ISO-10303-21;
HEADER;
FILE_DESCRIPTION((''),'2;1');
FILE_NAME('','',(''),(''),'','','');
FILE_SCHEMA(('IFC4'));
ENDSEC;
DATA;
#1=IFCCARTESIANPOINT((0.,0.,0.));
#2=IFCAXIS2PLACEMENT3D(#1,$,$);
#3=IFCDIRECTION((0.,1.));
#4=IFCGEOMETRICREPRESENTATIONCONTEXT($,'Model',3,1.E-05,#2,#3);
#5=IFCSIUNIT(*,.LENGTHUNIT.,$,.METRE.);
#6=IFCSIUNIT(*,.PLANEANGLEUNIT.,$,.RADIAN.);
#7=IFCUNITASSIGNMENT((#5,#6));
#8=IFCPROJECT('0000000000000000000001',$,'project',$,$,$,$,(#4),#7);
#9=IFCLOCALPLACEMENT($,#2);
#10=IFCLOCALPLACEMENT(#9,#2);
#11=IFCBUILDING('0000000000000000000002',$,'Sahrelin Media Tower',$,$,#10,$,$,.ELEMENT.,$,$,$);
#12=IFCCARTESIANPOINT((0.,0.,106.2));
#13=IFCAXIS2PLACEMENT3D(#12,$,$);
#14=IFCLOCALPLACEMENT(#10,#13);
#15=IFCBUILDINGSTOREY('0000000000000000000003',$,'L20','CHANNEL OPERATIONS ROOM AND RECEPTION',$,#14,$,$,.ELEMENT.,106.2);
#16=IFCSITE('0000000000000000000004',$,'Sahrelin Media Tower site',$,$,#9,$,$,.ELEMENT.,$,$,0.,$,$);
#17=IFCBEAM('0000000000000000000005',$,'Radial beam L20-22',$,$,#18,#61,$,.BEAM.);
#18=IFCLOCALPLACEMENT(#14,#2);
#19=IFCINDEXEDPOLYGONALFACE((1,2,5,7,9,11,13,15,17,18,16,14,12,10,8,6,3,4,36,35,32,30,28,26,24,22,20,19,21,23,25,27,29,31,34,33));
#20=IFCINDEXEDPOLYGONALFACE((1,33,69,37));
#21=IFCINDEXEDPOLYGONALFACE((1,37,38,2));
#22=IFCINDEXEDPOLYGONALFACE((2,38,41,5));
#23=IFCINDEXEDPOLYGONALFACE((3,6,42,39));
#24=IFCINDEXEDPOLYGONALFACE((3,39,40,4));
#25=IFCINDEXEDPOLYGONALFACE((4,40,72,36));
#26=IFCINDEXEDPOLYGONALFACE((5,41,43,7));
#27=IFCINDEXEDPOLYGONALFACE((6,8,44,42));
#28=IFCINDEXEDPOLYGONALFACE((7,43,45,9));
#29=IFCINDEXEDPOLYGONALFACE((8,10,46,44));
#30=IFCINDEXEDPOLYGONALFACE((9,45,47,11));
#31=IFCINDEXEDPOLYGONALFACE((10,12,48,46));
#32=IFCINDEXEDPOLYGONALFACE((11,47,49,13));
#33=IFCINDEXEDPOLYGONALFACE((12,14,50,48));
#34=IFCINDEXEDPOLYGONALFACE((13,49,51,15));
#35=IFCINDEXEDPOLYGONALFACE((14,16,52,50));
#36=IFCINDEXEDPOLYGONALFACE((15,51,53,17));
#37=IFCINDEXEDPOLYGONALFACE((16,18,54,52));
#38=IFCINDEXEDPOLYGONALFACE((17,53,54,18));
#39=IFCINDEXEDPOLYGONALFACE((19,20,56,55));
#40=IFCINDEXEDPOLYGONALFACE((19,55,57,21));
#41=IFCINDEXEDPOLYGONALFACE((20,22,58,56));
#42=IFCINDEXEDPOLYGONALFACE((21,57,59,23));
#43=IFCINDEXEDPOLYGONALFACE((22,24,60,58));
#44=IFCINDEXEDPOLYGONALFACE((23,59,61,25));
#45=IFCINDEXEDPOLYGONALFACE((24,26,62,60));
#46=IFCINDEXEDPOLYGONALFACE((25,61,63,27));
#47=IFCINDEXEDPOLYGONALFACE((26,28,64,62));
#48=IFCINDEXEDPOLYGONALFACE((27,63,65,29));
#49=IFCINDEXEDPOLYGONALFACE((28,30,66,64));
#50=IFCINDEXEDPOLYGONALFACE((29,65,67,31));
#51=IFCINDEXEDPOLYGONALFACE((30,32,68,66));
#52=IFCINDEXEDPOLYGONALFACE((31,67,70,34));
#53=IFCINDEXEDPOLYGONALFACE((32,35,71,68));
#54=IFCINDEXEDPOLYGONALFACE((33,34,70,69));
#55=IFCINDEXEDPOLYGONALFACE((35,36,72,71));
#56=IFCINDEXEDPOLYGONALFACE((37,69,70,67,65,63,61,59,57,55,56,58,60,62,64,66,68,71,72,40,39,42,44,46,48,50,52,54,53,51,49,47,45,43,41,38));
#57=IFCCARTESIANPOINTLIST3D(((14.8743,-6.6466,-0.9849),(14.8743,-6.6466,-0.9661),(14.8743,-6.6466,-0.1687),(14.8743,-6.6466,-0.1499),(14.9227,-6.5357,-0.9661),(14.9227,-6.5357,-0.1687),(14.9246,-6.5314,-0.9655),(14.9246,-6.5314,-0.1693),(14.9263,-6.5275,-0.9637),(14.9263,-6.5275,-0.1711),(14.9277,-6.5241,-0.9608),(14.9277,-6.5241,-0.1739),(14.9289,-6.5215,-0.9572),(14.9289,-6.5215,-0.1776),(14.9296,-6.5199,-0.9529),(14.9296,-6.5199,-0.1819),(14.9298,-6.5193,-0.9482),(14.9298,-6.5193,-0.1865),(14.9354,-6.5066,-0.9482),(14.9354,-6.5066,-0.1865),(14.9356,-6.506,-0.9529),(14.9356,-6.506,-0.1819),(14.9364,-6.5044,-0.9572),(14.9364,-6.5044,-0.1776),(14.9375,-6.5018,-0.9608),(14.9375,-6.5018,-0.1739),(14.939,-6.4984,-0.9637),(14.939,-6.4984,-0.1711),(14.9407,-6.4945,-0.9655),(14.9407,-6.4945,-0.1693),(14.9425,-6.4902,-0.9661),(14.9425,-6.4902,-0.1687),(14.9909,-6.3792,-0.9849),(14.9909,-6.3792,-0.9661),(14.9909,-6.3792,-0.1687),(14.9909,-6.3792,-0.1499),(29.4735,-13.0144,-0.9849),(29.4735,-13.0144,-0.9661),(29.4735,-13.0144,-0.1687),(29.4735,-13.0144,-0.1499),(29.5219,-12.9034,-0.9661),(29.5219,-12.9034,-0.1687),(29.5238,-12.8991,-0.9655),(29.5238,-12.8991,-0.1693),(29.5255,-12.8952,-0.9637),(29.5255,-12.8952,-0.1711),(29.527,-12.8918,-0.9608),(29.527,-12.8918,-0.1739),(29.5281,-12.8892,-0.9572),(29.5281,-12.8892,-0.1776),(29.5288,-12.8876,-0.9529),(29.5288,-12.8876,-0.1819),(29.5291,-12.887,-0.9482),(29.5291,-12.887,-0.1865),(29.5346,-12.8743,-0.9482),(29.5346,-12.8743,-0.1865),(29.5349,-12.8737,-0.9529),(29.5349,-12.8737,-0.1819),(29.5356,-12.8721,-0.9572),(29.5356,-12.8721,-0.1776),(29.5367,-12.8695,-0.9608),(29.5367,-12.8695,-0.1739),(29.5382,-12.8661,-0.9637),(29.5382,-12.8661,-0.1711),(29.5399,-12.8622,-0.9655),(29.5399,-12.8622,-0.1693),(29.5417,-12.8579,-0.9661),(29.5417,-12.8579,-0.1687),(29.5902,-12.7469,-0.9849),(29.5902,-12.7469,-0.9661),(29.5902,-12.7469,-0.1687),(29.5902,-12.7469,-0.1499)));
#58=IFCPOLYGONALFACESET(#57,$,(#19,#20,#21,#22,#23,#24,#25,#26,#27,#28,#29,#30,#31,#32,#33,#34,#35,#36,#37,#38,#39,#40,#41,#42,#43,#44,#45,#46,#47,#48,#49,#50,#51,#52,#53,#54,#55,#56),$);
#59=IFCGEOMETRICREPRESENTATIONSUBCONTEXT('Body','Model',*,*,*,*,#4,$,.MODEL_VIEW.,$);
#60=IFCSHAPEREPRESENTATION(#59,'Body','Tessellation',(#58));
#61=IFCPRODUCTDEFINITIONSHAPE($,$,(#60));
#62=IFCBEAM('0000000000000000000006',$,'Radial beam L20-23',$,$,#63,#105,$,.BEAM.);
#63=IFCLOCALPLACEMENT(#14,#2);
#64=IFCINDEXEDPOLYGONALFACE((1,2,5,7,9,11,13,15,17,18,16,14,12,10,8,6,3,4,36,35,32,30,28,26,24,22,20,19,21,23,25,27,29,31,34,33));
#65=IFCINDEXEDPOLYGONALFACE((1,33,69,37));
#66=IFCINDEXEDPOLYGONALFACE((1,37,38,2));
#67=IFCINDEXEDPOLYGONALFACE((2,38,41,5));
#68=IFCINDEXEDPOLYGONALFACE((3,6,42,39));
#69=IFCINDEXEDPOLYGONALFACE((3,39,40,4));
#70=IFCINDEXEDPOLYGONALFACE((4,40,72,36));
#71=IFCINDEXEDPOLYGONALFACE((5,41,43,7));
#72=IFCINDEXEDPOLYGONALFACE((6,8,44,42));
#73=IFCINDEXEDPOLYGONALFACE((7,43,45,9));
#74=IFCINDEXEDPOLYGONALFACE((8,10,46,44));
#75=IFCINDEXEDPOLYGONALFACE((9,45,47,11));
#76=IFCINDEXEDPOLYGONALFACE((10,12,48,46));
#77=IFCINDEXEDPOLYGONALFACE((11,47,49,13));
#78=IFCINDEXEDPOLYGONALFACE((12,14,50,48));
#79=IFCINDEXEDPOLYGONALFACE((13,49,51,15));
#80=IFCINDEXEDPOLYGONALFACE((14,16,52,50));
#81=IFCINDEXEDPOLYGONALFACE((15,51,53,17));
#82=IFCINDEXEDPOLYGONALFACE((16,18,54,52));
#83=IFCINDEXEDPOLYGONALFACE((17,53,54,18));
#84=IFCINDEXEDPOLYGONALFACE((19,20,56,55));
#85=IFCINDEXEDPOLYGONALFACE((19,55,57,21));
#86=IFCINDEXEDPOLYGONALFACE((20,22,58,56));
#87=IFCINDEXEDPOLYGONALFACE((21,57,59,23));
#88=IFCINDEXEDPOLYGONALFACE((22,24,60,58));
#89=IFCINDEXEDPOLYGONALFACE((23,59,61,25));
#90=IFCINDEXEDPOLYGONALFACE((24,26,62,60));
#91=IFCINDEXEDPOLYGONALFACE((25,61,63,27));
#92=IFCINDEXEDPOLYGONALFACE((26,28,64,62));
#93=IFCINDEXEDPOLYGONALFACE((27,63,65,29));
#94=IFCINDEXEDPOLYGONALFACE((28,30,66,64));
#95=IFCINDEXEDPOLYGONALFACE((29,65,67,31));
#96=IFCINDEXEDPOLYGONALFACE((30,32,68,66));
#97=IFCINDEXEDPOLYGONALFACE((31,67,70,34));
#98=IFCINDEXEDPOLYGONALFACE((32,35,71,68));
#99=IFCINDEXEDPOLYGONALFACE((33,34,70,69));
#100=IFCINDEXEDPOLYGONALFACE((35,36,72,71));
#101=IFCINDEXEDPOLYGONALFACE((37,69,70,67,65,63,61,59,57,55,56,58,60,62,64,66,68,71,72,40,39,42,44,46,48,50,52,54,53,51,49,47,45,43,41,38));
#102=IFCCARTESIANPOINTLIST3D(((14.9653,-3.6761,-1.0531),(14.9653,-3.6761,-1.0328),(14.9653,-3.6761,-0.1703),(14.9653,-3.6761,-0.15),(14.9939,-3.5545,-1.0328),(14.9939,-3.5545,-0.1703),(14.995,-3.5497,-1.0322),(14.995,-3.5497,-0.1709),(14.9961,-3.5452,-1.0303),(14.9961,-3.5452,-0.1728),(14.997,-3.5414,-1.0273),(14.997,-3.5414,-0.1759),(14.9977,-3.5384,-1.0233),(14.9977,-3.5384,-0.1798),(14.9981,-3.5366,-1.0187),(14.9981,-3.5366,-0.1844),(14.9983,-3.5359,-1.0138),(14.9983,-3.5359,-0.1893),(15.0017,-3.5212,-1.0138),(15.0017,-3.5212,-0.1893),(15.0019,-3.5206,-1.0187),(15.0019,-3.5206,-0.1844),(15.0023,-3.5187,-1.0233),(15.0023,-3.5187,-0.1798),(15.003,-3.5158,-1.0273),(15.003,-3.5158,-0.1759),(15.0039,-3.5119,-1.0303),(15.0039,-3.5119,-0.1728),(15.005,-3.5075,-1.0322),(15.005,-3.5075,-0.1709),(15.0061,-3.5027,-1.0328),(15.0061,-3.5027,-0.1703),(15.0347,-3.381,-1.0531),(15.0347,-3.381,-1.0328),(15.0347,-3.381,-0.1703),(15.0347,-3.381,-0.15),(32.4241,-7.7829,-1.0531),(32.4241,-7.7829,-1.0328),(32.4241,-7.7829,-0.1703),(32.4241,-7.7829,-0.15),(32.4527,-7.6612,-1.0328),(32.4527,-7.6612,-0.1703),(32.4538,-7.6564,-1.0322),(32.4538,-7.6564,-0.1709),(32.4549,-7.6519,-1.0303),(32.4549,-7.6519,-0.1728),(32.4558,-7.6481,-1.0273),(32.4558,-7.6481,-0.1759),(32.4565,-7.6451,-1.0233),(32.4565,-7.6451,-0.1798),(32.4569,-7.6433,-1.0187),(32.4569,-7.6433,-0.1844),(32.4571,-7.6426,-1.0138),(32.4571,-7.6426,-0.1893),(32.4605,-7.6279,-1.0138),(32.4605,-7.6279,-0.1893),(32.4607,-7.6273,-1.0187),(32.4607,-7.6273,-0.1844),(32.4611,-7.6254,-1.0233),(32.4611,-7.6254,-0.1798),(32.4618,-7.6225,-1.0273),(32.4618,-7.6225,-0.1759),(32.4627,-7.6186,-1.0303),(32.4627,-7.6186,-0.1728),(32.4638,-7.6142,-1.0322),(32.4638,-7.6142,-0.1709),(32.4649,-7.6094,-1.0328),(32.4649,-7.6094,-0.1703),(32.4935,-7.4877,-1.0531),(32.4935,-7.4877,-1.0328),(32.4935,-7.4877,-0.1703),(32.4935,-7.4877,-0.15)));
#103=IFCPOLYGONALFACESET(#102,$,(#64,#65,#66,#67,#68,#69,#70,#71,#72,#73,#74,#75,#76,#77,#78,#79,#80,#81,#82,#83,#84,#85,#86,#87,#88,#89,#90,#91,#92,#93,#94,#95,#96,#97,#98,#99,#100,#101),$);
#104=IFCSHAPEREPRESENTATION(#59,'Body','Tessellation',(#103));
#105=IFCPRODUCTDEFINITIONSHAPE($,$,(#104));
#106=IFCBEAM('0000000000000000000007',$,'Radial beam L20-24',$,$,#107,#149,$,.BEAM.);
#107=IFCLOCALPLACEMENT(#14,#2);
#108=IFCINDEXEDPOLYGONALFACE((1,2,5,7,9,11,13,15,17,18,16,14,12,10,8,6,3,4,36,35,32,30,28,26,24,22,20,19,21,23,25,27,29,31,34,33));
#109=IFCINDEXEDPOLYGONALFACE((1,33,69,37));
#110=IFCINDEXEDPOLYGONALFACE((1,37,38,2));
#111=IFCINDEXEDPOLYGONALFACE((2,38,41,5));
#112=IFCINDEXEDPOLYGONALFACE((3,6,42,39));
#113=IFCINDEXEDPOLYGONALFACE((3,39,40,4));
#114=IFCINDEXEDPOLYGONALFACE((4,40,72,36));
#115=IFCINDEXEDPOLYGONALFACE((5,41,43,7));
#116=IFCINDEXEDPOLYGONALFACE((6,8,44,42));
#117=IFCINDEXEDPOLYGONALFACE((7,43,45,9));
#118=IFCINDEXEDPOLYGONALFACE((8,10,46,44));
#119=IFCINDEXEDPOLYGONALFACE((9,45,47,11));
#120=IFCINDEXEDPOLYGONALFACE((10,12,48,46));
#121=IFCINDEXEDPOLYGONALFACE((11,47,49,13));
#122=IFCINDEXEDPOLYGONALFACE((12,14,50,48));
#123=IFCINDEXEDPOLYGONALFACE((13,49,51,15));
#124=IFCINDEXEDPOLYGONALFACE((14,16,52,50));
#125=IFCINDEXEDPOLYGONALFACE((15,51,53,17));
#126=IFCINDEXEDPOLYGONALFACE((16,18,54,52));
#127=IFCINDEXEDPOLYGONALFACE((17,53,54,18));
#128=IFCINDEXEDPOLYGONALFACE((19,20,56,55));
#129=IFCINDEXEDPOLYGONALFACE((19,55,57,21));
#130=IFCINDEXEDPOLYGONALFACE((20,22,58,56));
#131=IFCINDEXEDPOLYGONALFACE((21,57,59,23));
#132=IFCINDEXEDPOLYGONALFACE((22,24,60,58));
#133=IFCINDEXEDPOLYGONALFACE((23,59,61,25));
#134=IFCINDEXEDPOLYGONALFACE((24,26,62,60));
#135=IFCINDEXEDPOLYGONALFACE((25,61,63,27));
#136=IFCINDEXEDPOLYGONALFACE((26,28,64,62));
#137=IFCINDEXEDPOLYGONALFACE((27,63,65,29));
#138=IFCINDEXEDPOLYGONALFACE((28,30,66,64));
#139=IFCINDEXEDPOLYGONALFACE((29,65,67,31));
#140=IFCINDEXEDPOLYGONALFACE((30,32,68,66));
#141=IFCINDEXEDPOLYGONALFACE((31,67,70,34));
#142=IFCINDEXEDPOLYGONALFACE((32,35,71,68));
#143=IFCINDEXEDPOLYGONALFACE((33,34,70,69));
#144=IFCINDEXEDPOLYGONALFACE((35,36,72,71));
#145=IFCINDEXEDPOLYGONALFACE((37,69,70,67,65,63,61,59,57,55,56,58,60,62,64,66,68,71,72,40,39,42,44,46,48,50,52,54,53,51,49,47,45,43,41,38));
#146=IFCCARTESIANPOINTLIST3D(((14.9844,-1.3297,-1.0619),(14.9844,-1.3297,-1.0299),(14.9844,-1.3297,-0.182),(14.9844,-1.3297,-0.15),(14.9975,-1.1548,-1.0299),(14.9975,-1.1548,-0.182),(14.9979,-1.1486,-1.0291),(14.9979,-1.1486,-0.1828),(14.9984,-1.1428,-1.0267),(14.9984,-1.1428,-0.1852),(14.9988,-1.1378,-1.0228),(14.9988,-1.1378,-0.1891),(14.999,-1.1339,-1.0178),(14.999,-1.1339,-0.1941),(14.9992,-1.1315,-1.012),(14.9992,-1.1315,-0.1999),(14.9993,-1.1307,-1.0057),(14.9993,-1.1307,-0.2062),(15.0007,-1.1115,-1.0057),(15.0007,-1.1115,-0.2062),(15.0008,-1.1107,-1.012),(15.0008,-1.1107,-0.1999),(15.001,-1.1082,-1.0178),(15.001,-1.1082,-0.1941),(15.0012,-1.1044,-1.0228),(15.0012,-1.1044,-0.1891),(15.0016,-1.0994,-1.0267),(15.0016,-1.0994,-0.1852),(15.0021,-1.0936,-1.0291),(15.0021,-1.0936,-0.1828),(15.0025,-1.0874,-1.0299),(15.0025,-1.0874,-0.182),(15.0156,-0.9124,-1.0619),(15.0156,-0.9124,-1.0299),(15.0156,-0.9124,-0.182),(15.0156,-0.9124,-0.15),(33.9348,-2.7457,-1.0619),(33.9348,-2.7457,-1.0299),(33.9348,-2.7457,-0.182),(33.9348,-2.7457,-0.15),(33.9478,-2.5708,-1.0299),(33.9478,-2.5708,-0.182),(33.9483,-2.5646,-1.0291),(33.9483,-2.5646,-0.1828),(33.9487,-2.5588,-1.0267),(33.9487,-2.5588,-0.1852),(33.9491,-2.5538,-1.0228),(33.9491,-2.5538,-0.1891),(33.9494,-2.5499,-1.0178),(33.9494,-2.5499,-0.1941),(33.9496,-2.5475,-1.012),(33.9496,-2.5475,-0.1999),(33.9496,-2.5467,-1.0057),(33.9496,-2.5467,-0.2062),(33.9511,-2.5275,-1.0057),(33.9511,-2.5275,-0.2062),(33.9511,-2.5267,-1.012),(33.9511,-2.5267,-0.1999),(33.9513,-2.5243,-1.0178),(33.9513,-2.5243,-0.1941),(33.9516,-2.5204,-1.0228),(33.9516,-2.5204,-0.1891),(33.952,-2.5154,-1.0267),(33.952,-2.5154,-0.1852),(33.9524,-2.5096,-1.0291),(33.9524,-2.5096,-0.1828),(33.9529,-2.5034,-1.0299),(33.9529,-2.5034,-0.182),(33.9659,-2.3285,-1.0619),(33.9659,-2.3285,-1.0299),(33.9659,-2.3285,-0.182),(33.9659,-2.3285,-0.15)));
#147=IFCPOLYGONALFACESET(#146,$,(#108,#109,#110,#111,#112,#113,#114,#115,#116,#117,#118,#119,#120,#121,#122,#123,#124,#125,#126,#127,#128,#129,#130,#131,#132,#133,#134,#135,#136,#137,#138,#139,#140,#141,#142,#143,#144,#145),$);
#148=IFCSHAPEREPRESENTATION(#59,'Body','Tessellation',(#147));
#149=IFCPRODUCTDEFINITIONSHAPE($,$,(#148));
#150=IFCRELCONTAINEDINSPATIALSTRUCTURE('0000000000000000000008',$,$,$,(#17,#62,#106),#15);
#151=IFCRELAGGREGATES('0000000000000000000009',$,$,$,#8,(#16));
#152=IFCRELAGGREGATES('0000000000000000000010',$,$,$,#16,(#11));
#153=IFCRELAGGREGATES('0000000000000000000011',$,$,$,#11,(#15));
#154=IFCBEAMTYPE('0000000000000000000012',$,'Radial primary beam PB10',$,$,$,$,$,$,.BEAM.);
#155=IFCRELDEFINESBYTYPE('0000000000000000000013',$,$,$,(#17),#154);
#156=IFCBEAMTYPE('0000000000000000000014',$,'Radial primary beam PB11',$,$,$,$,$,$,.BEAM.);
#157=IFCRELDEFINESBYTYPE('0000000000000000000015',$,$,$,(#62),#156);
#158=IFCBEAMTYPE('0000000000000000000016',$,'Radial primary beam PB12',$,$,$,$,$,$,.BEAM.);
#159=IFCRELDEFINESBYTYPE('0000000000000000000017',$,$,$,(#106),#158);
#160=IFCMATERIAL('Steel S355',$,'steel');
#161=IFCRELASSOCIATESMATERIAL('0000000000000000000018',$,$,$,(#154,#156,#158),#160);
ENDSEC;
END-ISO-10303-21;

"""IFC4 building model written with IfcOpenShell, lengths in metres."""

from ifc_helpers import new_model, si_unit, direction, frame, origin, origin_2d, place, context, subcontext, project, spatial, i_section, extrude, material, material_profile, profile_set, type_object, element, save


model = new_model("IFC4")

# Units and contexts
model_context = context("Model", 3, precision=1e-05, world=origin(), true_north=direction((0.0, 1.0)))
body_context = subcontext(model_context, "Body", "Model", "MODEL_VIEW")
ifc_project = project(units=[si_unit("LENGTHUNIT", "METRE"), si_unit("PLANEANGLEUNIT", "RADIAN")], contexts=[model_context])

# Site, building, storey
site_placement = place(None, origin())
site = spatial("IfcSite", under=ifc_project, at=site_placement, Name="Sahrelin Media Tower site", CompositionType="ELEMENT", RefElevation=0.0)
building_placement = place(site_placement, origin())
building = spatial("IfcBuilding", under=site, at=building_placement, Name="Sahrelin Media Tower", CompositionType="ELEMENT")
storey_placement = place(building_placement, frame((0.0, 0.0, 106.2)))
storey = spatial("IfcBuildingStorey", under=building, at=storey_placement, Name="L20", Description="CHANNEL OPERATIONS ROOM AND RECEPTION", CompositionType="ELEMENT", Elevation=106.2)

# Beams
ifc_material_1 = material(Name="Steel S355", Category="steel")
ifc_material_profile_1 = material_profile(ifc_material_1, i_section(OverallWidth=0.2917, OverallDepth=0.835, WebThickness=0.0139, FlangeThickness=0.0188, FilletRadius=0.0178, at=origin_2d()), Name="UB 838x292x176")
ifc_profile_set_1 = profile_set([ifc_material_profile_1], Name="Steel S355")
beam_type_1 = type_object("IfcBeamType", Name="Radial primary beam PB10", PredefinedType="BEAM", material=ifc_profile_set_1)
beam_1_placement = place(storey_placement, frame((14.9326, -6.5129, -0.5674), z_axis=(0.916605, -0.399794, 0.0), x_axis=(0.399794, 0.916605, 0.0)))
element("IfcBeam", 1, at=beam_1_placement, inside=storey, type_object=beam_type_1, Name="Radial beam L20-22", PredefinedType="BEAM", context=body_context, shape_type="SweptSolid", body=[
    extrude(i_section(OverallWidth=0.2917, OverallDepth=0.835, WebThickness=0.0139, FlangeThickness=0.0188, FilletRadius=0.0178, at=origin_2d()), origin(), (0.0, 0.0, 1.0), 15.9275),
])
ifc_material_profile_2 = material_profile(ifc_material_1, i_section(OverallWidth=0.3032, OverallDepth=0.9031, WebThickness=0.0151, FlangeThickness=0.0203, FilletRadius=0.019, at=origin_2d()), Name="UB 914x305x201")
ifc_profile_set_2 = profile_set([ifc_material_profile_2], Name="Steel S355")
beam_type_2 = type_object("IfcBeamType", Name="Radial primary beam PB11", PredefinedType="BEAM", material=ifc_profile_set_2)
beam_2_placement = place(storey_placement, frame((15.0, -3.5286, -0.6016), z_axis=(0.973433, -0.228973, 0.0), x_axis=(0.228973, 0.973433, 0.0)))
element("IfcBeam", 2, at=beam_2_placement, inside=storey, type_object=beam_type_2, Name="Radial beam L20-23", PredefinedType="BEAM", context=body_context, shape_type="SweptSolid", body=[
    extrude(i_section(OverallWidth=0.3032, OverallDepth=0.9031, WebThickness=0.0151, FlangeThickness=0.0203, FilletRadius=0.019, at=origin_2d()), origin(), (0.0, 0.0, 1.0), 17.9353),
])
ifc_material_profile_3 = material_profile(ifc_material_1, i_section(OverallWidth=0.4185, OverallDepth=0.9119, WebThickness=0.0193, FlangeThickness=0.032, FilletRadius=0.0242, at=origin_2d()), Name="UB 914x419x343")
ifc_profile_set_3 = profile_set([ifc_material_profile_3], Name="Steel S355")
beam_type_3 = type_object("IfcBeamType", Name="Radial primary beam PB12", PredefinedType="BEAM", material=ifc_profile_set_3)
beam_3_placement = place(storey_placement, frame((15.0, -1.1211, -0.606), z_axis=(0.99722, -0.074514, 0.0), x_axis=(0.074514, 0.99722, 0.0)))
element("IfcBeam", 3, at=beam_3_placement, inside=storey, type_object=beam_type_3, Name="Radial beam L20-24", PredefinedType="BEAM", context=body_context, shape_type="SweptSolid", body=[
    extrude(i_section(OverallWidth=0.4185, OverallDepth=0.9119, WebThickness=0.0193, FlangeThickness=0.032, FilletRadius=0.0242, at=origin_2d()), origin(), (0.0, 0.0, 1.0), 19.0032),
])

save(model, "model.ifc")
